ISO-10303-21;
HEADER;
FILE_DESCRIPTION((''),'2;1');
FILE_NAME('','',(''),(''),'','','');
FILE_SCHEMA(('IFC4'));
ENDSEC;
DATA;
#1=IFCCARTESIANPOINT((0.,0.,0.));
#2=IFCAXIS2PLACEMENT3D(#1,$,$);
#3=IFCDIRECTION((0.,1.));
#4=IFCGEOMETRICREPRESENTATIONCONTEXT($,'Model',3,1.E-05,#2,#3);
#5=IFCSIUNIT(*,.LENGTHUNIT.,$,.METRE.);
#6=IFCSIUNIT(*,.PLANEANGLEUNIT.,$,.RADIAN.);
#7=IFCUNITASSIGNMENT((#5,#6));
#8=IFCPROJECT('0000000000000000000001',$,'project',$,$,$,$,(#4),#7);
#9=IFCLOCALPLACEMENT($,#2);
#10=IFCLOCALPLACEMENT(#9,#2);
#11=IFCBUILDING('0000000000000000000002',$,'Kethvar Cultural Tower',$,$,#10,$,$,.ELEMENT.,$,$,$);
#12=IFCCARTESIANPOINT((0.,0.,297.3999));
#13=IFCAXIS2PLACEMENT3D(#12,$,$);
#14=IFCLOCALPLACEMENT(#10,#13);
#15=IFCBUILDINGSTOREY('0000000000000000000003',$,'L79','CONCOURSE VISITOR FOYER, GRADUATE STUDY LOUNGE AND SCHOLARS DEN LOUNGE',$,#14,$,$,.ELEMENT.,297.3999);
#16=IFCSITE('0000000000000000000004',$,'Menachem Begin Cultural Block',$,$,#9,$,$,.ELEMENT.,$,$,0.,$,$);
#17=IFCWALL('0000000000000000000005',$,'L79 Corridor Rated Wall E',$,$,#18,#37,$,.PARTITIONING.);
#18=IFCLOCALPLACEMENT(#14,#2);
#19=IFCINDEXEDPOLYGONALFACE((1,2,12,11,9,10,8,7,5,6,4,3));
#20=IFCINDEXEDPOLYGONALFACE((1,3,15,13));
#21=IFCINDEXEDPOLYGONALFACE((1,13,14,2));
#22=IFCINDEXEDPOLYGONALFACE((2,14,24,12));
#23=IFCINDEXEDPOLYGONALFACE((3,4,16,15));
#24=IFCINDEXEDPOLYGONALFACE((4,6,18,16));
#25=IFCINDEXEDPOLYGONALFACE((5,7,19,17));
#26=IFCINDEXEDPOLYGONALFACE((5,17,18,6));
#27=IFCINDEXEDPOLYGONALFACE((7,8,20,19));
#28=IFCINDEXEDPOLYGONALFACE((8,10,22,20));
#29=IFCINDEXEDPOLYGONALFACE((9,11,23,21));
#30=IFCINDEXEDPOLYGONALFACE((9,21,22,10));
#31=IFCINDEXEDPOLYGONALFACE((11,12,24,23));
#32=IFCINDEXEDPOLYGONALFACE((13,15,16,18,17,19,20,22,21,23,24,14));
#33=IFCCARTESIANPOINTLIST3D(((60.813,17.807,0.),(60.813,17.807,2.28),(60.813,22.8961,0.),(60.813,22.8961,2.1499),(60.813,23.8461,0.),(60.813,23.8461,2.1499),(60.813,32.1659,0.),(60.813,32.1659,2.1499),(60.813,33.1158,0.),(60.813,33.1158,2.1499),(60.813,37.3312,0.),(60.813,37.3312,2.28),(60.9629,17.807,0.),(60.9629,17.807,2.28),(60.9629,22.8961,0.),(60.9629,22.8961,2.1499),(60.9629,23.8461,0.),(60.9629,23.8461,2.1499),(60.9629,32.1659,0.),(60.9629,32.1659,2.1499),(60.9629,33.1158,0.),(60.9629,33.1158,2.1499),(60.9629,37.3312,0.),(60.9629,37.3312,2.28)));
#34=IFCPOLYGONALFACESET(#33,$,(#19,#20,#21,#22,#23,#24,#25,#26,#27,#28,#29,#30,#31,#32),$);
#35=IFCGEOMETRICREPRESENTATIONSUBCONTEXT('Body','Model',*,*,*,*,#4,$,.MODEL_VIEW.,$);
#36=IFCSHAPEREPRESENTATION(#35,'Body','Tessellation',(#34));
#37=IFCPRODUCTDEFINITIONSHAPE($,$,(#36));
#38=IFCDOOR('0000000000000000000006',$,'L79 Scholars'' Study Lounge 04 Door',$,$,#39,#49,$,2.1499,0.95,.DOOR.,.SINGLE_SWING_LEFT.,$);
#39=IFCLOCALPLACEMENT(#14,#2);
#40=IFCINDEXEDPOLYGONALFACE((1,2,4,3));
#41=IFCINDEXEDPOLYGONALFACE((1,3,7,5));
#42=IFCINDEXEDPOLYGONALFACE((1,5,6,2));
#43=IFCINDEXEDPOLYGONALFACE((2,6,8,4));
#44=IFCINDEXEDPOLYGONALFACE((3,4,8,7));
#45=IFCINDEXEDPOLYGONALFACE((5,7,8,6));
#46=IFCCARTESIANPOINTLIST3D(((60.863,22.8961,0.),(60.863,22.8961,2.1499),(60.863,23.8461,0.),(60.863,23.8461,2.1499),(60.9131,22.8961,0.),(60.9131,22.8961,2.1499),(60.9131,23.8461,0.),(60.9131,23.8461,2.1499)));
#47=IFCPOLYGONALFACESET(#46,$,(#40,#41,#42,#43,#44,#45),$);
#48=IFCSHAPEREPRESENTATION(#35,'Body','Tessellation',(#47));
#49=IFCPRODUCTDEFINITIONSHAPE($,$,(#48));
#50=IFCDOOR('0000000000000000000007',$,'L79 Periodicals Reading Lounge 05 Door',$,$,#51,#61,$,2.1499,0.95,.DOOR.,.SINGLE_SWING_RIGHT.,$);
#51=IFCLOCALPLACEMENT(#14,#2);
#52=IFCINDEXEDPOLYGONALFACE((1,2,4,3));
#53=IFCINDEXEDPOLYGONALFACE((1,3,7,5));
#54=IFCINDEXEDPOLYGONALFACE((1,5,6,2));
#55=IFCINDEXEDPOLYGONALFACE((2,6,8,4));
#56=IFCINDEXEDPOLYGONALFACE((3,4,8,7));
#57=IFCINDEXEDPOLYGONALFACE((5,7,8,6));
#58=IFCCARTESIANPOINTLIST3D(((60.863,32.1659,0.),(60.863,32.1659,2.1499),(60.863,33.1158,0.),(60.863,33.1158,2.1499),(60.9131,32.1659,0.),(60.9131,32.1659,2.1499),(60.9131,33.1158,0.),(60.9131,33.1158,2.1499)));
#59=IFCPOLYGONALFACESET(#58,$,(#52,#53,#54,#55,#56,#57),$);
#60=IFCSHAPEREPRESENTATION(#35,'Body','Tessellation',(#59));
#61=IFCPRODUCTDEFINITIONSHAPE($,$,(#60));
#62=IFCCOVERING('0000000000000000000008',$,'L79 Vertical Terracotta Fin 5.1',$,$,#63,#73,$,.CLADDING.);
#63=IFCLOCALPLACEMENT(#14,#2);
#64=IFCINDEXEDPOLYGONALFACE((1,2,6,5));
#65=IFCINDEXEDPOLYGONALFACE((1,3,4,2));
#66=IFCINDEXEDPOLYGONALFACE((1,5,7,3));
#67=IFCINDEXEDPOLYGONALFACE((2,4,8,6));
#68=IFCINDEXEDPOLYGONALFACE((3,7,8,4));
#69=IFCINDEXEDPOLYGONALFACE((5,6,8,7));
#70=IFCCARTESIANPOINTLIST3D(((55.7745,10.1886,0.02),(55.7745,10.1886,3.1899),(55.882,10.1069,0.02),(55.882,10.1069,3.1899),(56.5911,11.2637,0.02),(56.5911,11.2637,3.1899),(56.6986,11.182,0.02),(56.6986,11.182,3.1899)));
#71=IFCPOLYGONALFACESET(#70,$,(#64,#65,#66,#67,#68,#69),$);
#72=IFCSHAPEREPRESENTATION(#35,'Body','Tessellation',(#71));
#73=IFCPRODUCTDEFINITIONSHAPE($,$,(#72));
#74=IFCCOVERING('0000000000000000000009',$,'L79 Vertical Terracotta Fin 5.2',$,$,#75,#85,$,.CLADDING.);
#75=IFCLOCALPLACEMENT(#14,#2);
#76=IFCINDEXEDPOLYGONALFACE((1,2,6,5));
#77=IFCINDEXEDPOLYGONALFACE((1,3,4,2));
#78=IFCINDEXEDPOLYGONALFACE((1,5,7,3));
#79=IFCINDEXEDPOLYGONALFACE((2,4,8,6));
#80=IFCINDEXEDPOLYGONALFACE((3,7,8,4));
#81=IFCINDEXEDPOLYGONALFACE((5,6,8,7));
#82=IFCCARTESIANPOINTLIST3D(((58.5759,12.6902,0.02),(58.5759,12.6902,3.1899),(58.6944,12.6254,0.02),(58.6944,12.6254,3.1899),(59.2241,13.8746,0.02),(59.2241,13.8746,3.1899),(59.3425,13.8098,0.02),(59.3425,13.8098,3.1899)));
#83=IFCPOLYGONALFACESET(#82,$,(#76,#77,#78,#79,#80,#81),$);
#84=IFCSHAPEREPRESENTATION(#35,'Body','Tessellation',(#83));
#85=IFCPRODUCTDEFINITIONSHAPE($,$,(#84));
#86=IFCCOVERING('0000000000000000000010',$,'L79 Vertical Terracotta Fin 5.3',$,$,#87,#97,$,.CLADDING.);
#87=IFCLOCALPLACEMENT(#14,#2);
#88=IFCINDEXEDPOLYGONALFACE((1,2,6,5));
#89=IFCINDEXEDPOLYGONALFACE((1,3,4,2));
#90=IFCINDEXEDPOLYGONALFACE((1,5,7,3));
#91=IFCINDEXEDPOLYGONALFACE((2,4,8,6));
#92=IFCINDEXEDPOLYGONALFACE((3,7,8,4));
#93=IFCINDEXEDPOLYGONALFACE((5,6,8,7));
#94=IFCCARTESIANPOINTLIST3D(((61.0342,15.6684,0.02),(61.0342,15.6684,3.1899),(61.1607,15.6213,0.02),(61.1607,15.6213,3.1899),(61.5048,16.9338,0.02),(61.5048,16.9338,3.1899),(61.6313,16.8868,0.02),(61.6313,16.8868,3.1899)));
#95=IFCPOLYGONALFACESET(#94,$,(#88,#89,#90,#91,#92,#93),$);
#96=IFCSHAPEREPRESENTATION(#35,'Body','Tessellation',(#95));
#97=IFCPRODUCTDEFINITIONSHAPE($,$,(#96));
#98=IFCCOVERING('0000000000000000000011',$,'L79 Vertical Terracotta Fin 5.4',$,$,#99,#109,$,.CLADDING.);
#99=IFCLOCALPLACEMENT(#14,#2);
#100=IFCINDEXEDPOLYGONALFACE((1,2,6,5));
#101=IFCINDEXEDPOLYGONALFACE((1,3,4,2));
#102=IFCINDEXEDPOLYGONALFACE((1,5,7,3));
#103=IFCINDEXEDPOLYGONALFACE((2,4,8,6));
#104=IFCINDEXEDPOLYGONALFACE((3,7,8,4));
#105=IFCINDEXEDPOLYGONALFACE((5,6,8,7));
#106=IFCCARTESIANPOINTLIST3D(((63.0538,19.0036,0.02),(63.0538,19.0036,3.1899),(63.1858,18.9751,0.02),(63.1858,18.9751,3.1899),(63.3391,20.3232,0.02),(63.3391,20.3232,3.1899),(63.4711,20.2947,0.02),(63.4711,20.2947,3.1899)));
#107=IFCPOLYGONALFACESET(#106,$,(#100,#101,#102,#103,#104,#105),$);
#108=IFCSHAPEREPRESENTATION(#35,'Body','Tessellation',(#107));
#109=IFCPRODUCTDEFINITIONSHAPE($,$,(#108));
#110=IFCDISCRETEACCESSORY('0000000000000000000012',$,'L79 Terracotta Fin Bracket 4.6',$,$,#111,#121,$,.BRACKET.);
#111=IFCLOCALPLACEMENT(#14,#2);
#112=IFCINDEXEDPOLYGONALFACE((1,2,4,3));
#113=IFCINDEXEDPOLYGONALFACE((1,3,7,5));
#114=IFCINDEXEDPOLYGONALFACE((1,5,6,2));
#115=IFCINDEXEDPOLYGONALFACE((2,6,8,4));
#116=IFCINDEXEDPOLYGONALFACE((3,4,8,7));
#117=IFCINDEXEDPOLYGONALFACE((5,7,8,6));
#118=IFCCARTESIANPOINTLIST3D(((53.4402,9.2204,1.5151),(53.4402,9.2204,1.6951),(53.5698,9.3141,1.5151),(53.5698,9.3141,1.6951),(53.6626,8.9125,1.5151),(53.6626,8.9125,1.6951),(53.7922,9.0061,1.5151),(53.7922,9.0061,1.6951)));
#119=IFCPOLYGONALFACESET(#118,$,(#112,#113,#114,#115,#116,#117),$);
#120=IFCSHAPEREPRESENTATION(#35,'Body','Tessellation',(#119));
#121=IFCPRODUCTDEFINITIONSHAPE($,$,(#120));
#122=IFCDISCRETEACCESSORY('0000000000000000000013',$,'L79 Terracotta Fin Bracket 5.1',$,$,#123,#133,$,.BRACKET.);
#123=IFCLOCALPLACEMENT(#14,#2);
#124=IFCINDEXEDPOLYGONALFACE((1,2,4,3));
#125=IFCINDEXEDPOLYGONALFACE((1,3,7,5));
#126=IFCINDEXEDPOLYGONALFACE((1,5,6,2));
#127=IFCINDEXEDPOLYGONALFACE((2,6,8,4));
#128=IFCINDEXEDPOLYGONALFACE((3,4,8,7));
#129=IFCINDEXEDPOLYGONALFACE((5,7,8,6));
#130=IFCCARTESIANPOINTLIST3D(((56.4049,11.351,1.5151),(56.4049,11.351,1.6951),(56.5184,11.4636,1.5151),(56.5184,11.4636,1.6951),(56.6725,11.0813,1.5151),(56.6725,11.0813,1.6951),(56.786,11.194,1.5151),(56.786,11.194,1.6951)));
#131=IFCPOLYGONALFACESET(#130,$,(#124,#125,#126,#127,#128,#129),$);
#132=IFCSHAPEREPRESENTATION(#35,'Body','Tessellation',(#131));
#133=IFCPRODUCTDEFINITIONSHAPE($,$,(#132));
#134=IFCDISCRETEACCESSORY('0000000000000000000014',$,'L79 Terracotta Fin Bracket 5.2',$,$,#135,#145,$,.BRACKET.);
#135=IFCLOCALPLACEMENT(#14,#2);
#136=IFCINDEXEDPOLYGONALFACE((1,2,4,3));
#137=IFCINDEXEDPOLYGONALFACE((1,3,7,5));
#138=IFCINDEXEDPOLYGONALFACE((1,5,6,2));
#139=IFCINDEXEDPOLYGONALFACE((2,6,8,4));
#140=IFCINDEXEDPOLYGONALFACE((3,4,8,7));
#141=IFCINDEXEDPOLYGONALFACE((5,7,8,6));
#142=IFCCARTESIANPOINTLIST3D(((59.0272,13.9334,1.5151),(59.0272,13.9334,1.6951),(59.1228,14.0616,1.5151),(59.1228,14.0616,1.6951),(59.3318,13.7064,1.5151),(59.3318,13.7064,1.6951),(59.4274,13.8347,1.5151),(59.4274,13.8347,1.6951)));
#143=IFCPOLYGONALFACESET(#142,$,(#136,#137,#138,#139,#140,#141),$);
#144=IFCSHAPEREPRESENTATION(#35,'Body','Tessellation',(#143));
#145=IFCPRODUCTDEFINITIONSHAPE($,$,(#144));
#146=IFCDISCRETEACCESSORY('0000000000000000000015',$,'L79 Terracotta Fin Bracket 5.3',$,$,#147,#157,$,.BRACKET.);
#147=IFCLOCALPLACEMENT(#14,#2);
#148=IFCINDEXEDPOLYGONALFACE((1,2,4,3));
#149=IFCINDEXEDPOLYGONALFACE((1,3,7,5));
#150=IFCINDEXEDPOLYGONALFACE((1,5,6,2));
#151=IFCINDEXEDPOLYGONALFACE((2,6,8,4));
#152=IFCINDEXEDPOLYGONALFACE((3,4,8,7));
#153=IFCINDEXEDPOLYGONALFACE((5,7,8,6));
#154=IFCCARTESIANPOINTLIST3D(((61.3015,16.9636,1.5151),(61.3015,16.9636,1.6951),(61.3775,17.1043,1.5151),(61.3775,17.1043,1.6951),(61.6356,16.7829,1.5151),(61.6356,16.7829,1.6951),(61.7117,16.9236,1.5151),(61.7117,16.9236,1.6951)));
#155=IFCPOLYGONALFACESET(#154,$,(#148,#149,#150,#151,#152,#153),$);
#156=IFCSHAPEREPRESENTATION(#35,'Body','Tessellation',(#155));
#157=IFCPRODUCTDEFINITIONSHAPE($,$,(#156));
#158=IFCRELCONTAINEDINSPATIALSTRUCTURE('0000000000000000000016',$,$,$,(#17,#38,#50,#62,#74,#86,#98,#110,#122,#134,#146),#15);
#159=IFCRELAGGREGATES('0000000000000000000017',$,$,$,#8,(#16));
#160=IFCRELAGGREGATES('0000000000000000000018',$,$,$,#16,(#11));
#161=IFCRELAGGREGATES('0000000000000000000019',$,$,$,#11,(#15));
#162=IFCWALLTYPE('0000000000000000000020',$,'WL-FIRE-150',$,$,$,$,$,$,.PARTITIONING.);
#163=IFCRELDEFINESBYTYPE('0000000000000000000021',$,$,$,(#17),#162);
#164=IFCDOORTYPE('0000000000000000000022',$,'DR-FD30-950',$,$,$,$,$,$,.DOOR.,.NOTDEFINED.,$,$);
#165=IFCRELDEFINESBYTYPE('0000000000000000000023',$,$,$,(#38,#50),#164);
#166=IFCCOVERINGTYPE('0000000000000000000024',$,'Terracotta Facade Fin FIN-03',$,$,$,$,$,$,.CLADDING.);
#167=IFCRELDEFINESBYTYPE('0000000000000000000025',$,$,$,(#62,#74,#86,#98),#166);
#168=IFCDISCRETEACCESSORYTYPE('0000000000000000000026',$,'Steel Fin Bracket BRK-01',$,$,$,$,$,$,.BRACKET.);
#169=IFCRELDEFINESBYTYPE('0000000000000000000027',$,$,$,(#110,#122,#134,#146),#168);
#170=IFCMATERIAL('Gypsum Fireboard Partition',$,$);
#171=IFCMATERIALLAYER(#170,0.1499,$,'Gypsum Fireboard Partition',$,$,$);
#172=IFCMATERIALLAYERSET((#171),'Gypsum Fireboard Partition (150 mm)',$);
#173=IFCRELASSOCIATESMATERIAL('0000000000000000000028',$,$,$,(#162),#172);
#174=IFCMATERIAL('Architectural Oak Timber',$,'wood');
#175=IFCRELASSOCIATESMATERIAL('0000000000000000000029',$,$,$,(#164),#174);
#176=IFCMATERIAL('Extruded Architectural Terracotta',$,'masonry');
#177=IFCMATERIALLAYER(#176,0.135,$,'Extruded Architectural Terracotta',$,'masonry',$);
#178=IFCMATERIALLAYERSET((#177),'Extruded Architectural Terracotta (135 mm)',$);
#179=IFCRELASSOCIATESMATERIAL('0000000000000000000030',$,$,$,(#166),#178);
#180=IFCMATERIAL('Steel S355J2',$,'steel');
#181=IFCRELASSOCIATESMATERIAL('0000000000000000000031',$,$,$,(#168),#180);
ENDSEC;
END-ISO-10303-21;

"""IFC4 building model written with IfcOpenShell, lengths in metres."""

from ifc_helpers import new_model, si_unit, direction, frame, frame_2d, origin, origin_2d, place, context, subcontext, project, spatial, rectangle, extrude, source, transform, mapped, material, layer, layer_set, type_object, element, fill, save


model = new_model("IFC4")

# Units and contexts
model_context = context("Model", 3, precision=1e-05, world=origin(), true_north=direction((0.0, 1.0)))
body_context = subcontext(model_context, "Body", "Model", "MODEL_VIEW")
ifc_project = project(units=[si_unit("LENGTHUNIT", "METRE"), si_unit("PLANEANGLEUNIT", "RADIAN")], contexts=[model_context])

# Site, building, storey
site_placement = place(None, origin())
site = spatial("IfcSite", under=ifc_project, at=site_placement, Name="Menachem Begin Cultural Block", CompositionType="ELEMENT", RefElevation=0.0)
building_placement = place(site_placement, origin())
building = spatial("IfcBuilding", under=site, at=building_placement, Name="Kethvar Cultural Tower", CompositionType="ELEMENT")
storey_placement = place(building_placement, frame((0.0, 0.0, 297.3999)))
storey = spatial("IfcBuildingStorey", under=building, at=storey_placement, Name="L79", Description="CONCOURSE VISITOR FOYER, GRADUATE STUDY LOUNGE AND SCHOLARS DEN LOUNGE", CompositionType="ELEMENT", Elevation=297.3999)

# Shared definitions
ifc_material_1 = material(Name="Steel S355J2", Category="steel")

# Wall, openings, doors
ifc_material_2 = material(Name="Gypsum Fireboard Partition")
ifc_layer_1 = layer(ifc_material_2, 0.1499, Name="Gypsum Fireboard Partition")
ifc_layer_set_1 = layer_set([ifc_layer_1], Name="Gypsum Fireboard Partition (150 mm)")
wall_type = type_object("IfcWallType", Name="WL-FIRE-150", PredefinedType="PARTITIONING", material=ifc_layer_set_1)
wall_placement = place(storey_placement, frame((60.8879, 17.8069, 0.0), z_axis=(0.0, 0.0, 1.0), x_axis=(0.0, 1.0, 0.0)))
wall = element("IfcWall", 1, at=wall_placement, inside=storey, type_object=wall_type, Name="L79 Corridor Rated Wall E", PredefinedType="PARTITIONING", context=body_context, shape_type="SweptSolid", body=[
    extrude(rectangle(XDim=19.5242, YDim=0.1499, at=frame_2d((9.7622, 0.0))), origin(), (0.0, 0.0, 1.0), 2.28),
])
opening_1_placement = place(wall_placement, frame((5.0891, 0.0, 0.0)))
opening_1 = element("IfcOpeningElement", 2, at=opening_1_placement, cuts=wall, PredefinedType="OPENING", context=body_context, shape_type="SweptSolid", body=[
    extrude(rectangle(XDim=0.95, YDim=2.1499, at=frame_2d((0.4751, 1.075))), frame((0.0, 0.085, 0.0), z_axis=(0.0, -1.0, 0.0), x_axis=(1.0, 0.0, 0.0)), (0.0, 0.0, 1.0), 0.1699),
])
opening_2_placement = place(wall_placement, frame((14.3589, 0.0, 0.0)))
opening_2 = element("IfcOpeningElement", 3, at=opening_2_placement, cuts=wall, PredefinedType="OPENING", context=body_context, shape_type="SweptSolid", body=[
    extrude(rectangle(XDim=0.95, YDim=2.1499, at=frame_2d((0.4751, 1.075))), frame((0.0, 0.085, 0.0), z_axis=(0.0, -1.0, 0.0), x_axis=(1.0, 0.0, 0.0)), (0.0, 0.0, 1.0), 0.1699),
])
ifc_material_3 = material(Name="Architectural Oak Timber", Category="wood")
door_type = type_object("IfcDoorType", Name="DR-FD30-950", OperationType="NOTDEFINED", PredefinedType="DOOR", material=ifc_material_3)
shared_shape_1 = source(origin(), body_context, "Body", "SweptSolid", [
    extrude(rectangle(XDim=0.95, YDim=2.1499, at=frame_2d((0.4751, 1.075))), frame((0.0, 0.0249, 0.0), z_axis=(0.0, -1.0, 0.0), x_axis=(1.0, 0.0, 0.0)), (0.0, 0.0, 1.0), 0.05),
])
door_1_placement = place(opening_1_placement, origin())
door_1 = element("IfcDoor", 4, at=door_1_placement, inside=storey, type_object=door_type, Name="L79 Scholars' Study Lounge 04 Door", OperationType="SINGLE_SWING_LEFT", OverallHeight=2.1499, OverallWidth=0.95, PredefinedType="DOOR", context=body_context, shape_type="MappedRepresentation", body=[
    mapped(shared_shape_1, transform((0.0, 0.0, 0.0), scale=1.0)),
])
fill(opening_1, door_1)
door_2_placement = place(opening_2_placement, origin())
door_2 = element("IfcDoor", 5, at=door_2_placement, inside=storey, type_object=door_type, Name="L79 Periodicals Reading Lounge 05 Door", OperationType="SINGLE_SWING_RIGHT", OverallHeight=2.1499, OverallWidth=0.95, PredefinedType="DOOR", context=body_context, shape_type="MappedRepresentation", body=[
    mapped(shared_shape_1, transform((0.0, 0.0, 0.0), scale=1.0)),
])
fill(opening_2, door_2)

# Coverings
ifc_material_4 = material(Name="Extruded Architectural Terracotta", Category="masonry")
ifc_layer_2 = layer(ifc_material_4, 0.135, Name="Extruded Architectural Terracotta", Category="masonry")
ifc_layer_set_2 = layer_set([ifc_layer_2], Name="Extruded Architectural Terracotta (135 mm)")
covering_type = type_object("IfcCoveringType", Name="Terracotta Facade Fin FIN-03", PredefinedType="CLADDING", material=ifc_layer_set_2)
shared_shape_2 = source(origin(), body_context, "Body", "SweptSolid", [
    extrude(rectangle(XDim=1.3501, YDim=0.135, at=origin_2d()), origin(), (0.0, 0.0, 1.0), 3.1699),
])
for number, where, z_axis, x_axis, name in (
    (6, (56.2366, 10.6853, 0.02), (0.0, 0.0, 1.0), (-0.604877, -0.796319, 0.0), "L79 Vertical Terracotta Fin 5.1"),
    (7, (58.9592, 13.25, 0.02), (0.0, 0.0, 1.0), (-0.48007, -0.87723, 0.0), "L79 Vertical Terracotta Fin 5.2"),
    (8, (61.3328, 16.2776, 0.02), (0.0, 0.0, 1.0), (-0.348572, -0.937282, 0.0), "L79 Vertical Terracotta Fin 5.3"),
    (9, (63.2625, 19.6492, 0.02), (0.0, 0.0, 1.0), (-0.211325, -0.977416, 0.0), "L79 Vertical Terracotta Fin 5.4"),
):
    element("IfcCovering", number, at=place(storey_placement, frame(where, z_axis=z_axis, x_axis=x_axis)), inside=storey, type_object=covering_type, Name=name, PredefinedType="CLADDING", context=body_context, shape_type="MappedRepresentation", body=[
        mapped(shared_shape_2, transform((0.0, 0.0, 0.0), scale=1.0)),
    ])

# Discrete accessories
discrete_accessory_type = type_object("IfcDiscreteAccessoryType", Name="Steel Fin Bracket BRK-01", PredefinedType="BRACKET", material=ifc_material_1)
shared_shape_3 = source(origin(), body_context, "Body", "SweptSolid", [
    extrude(rectangle(XDim=0.3799, YDim=0.1599, at=origin_2d()), origin(), (0.0, 0.0, 1.0), 0.1799),
])
for number, where, z_axis, x_axis, name in (
    (10, (53.6162, 9.1133, 1.5151), (0.0, 0.0, 1.0), (0.585524, -0.810655, 0.0), "L79 Terracotta Fin Bracket 4.6"),
    (11, (56.5955, 11.2725, 1.5151), (0.0, 0.0, 1.0), (0.704386, -0.709817, 0.0), "L79 Terracotta Fin Bracket 5.1"),
    (12, (59.2273, 13.884, 1.5151), (0.0, 0.0, 1.0), (0.80188, -0.597485, 0.0), "L79 Terracotta Fin Bracket 5.2"),
    (13, (61.5066, 16.9436, 1.5151), (0.0, 0.0, 1.0), (0.879649, -0.475624, 0.0), "L79 Terracotta Fin Bracket 5.3"),
):
    element("IfcDiscreteAccessory", number, at=place(storey_placement, frame(where, z_axis=z_axis, x_axis=x_axis)), inside=storey, type_object=discrete_accessory_type, Name=name, PredefinedType="BRACKET", context=body_context, shape_type="MappedRepresentation", body=[
        mapped(shared_shape_3, transform((0.0, 0.0, 0.0), scale=1.0)),
    ])

save(model, "model.ifc")
